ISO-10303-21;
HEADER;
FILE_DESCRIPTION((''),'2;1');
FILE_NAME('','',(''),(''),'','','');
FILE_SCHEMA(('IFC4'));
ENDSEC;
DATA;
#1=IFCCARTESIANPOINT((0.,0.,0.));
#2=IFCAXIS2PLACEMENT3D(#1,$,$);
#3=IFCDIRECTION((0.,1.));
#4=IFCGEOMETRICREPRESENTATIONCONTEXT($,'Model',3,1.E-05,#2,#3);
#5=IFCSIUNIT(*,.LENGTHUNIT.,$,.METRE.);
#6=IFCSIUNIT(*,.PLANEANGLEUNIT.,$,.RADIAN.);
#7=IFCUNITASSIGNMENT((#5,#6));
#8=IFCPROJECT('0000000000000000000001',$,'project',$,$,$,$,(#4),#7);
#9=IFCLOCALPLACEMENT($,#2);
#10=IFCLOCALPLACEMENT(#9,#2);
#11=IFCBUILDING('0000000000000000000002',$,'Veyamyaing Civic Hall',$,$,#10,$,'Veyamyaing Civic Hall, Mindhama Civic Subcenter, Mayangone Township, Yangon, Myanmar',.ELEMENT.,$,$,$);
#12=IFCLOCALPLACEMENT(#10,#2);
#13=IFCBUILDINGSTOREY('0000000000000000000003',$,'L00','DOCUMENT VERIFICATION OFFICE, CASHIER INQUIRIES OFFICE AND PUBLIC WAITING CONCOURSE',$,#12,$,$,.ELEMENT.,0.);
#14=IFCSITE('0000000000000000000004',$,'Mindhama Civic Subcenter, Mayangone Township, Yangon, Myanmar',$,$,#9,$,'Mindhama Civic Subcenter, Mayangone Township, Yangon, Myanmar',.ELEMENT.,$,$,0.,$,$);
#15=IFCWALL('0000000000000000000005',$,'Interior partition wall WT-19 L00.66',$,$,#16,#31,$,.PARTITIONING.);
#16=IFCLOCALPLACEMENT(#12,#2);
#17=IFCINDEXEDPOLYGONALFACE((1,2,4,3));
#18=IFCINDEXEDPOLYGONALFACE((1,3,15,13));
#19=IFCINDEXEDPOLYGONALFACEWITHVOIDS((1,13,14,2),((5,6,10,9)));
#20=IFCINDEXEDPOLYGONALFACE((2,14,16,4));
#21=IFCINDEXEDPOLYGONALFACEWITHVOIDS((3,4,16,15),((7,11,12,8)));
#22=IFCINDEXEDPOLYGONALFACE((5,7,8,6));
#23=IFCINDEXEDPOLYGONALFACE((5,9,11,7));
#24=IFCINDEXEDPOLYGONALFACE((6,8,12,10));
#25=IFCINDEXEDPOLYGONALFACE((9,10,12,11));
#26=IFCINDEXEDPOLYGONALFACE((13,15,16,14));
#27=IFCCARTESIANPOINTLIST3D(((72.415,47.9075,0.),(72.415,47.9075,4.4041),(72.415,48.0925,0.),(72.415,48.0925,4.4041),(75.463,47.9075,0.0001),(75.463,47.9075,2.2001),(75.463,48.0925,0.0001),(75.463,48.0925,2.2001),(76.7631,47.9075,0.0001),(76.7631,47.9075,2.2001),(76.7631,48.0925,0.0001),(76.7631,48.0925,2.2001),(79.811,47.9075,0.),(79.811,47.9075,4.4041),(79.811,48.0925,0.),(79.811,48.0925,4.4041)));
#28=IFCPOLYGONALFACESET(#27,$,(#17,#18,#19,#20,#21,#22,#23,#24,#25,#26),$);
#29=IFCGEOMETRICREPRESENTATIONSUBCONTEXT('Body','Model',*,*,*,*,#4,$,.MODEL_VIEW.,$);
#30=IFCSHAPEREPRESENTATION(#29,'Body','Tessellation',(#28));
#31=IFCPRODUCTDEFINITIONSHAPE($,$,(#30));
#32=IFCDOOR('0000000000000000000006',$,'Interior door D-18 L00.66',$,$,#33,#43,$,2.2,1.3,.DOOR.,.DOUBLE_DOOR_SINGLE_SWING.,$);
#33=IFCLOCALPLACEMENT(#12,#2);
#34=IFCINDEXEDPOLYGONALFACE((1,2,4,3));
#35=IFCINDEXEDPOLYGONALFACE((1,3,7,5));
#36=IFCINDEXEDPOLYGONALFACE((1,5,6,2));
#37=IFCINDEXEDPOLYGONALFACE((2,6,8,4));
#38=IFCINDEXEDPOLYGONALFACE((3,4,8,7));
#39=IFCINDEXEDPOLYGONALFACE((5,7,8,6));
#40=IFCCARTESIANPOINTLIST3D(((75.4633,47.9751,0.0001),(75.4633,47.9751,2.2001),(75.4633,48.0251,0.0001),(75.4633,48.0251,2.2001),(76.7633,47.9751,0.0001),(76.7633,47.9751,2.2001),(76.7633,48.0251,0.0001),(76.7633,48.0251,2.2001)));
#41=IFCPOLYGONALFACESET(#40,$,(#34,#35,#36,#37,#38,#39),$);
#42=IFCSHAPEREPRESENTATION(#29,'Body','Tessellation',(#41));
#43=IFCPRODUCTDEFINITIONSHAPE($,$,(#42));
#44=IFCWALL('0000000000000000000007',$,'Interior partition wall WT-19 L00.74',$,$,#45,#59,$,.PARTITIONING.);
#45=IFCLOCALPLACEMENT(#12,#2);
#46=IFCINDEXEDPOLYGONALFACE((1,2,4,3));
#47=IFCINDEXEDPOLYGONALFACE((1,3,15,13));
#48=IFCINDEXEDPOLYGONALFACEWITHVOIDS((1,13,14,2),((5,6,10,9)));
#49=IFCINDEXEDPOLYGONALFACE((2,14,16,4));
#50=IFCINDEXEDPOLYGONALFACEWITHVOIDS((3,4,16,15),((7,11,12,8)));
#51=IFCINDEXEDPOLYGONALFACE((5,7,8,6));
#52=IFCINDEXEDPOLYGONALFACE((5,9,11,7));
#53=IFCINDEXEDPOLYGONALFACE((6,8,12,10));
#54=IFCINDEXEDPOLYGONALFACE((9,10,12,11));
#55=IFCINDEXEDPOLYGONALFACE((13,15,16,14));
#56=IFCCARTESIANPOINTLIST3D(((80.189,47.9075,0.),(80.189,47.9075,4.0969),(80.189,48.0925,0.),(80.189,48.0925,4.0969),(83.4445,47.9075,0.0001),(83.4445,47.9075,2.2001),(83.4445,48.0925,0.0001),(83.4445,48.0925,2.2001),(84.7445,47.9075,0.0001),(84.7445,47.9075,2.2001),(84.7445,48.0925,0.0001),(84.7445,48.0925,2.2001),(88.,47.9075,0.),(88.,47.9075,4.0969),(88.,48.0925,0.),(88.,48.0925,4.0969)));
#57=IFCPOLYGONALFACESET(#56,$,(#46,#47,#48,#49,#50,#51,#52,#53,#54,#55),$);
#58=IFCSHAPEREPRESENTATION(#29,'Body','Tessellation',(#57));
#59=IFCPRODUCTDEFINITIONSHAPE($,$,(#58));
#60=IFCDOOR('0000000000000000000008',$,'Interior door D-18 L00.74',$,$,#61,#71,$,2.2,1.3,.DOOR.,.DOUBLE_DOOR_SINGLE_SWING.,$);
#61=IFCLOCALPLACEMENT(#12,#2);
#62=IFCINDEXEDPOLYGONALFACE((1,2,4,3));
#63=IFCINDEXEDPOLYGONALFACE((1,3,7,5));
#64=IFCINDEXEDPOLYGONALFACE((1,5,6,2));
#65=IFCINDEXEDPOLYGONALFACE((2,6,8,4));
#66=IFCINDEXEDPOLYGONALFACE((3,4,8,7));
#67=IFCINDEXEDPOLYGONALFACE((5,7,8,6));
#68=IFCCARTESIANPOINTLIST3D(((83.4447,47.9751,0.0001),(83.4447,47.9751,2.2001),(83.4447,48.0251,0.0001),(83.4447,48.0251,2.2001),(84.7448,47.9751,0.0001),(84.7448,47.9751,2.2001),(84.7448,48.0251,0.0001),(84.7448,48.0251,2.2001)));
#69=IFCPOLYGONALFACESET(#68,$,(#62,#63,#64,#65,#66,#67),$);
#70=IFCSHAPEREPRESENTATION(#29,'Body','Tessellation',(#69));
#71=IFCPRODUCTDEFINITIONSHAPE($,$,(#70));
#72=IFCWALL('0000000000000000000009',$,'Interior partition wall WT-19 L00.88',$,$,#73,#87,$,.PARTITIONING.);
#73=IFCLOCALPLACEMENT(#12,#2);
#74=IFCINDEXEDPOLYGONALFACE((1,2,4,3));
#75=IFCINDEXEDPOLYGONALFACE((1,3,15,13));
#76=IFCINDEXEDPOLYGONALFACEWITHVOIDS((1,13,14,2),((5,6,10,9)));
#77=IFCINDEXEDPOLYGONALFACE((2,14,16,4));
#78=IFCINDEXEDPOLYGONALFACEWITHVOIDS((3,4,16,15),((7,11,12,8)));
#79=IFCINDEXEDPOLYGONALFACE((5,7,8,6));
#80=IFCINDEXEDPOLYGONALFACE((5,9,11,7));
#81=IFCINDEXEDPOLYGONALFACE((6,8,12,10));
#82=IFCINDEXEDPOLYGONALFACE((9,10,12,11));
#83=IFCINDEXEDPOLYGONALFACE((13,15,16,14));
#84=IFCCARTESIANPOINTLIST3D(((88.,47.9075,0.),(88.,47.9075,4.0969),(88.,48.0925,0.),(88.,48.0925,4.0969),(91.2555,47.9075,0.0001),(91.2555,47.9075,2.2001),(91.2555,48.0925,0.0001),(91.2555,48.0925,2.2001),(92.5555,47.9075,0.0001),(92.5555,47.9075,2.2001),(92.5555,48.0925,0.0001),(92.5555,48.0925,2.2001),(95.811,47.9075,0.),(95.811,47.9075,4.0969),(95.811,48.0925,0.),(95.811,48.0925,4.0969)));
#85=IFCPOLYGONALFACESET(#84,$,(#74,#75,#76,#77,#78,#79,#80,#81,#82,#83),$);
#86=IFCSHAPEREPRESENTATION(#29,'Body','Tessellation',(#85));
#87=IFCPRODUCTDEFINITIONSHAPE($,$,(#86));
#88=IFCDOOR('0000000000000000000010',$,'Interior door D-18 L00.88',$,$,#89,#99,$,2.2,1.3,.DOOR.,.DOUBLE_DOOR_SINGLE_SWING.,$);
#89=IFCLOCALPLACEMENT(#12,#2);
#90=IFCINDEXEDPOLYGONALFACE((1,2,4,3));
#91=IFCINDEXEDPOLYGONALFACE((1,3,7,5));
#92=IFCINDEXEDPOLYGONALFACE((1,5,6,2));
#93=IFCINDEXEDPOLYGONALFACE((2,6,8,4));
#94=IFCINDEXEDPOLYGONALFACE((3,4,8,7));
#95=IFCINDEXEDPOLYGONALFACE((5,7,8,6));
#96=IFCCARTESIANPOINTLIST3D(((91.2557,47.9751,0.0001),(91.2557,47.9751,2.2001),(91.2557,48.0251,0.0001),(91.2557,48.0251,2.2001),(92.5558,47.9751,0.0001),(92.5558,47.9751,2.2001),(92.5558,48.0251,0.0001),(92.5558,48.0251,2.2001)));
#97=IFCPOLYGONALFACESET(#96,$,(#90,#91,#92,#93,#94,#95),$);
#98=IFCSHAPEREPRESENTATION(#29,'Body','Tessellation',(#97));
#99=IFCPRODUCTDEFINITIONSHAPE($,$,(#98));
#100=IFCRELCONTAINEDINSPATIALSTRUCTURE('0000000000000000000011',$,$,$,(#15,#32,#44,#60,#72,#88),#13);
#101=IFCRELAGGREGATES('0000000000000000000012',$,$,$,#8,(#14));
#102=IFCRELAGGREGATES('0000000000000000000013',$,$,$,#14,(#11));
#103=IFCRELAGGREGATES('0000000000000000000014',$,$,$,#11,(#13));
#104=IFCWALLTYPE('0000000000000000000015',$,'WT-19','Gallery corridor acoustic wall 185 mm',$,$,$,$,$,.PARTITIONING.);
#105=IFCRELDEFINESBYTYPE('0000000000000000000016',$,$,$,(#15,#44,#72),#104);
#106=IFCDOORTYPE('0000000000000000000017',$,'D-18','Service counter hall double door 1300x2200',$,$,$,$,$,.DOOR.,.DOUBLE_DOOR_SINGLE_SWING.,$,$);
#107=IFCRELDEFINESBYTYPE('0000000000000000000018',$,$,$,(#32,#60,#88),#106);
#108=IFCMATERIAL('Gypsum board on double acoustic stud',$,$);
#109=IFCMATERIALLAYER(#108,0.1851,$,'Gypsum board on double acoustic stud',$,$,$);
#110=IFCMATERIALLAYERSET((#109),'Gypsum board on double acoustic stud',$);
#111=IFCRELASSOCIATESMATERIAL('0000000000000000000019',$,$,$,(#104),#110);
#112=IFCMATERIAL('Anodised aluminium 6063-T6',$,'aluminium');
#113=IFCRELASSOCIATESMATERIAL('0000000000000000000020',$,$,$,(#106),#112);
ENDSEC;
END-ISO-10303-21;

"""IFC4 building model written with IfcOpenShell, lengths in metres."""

from ifc_helpers import new_model, si_unit, direction, frame, frame_2d, origin, place, context, subcontext, project, spatial, rectangle, extrude, material, layer, layer_set, type_object, element, fill, save


model = new_model("IFC4")

# Units and contexts
model_context = context("Model", 3, precision=1e-05, world=origin(), true_north=direction((0.0, 1.0)))
body_context = subcontext(model_context, "Body", "Model", "MODEL_VIEW")
ifc_project = project(units=[si_unit("LENGTHUNIT", "METRE"), si_unit("PLANEANGLEUNIT", "RADIAN")], contexts=[model_context])

# Site, building, storey
site_placement = place(None, origin())
site = spatial("IfcSite", under=ifc_project, at=site_placement, Name="Mindhama Civic Subcenter, Mayangone Township, Yangon, Myanmar", LongName="Mindhama Civic Subcenter, Mayangone Township, Yangon, Myanmar", CompositionType="ELEMENT", RefElevation=0.0)
building_placement = place(site_placement, origin())
building = spatial("IfcBuilding", under=site, at=building_placement, Name="Veyamyaing Civic Hall", LongName="Veyamyaing Civic Hall, Mindhama Civic Subcenter, Mayangone Township, Yangon, Myanmar", CompositionType="ELEMENT")
storey_placement = place(building_placement, origin())
storey = spatial("IfcBuildingStorey", under=building, at=storey_placement, Name="L00", Description="DOCUMENT VERIFICATION OFFICE, CASHIER INQUIRIES OFFICE AND PUBLIC WAITING CONCOURSE", CompositionType="ELEMENT", Elevation=0.0)

# Shared definitions
ifc_material_1 = material(Name="Gypsum board on double acoustic stud")
ifc_layer_1 = layer(ifc_material_1, 0.1851, Name="Gypsum board on double acoustic stud")
ifc_layer_set_1 = layer_set([ifc_layer_1], Name="Gypsum board on double acoustic stud")
wall_type_1 = type_object("IfcWallType", Name="WT-19", Description="Gallery corridor acoustic wall 185 mm", PredefinedType="PARTITIONING", material=ifc_layer_set_1)

# Walls, openings, doors
wall_1_placement = place(storey_placement, frame((72.415, 48.0, 0.0), z_axis=(0.0, 0.0, 1.0), x_axis=(1.0, 0.0, 0.0)))
wall_1 = element("IfcWall", 1, at=wall_1_placement, inside=storey, type_object=wall_type_1, Name="Interior partition wall WT-19 L00.66", PredefinedType="PARTITIONING", context=body_context, shape_type="SweptSolid", body=[
    extrude(rectangle(XDim=7.396, YDim=0.1851, at=frame_2d((3.698, 0.0))), origin(), (0.0, 0.0, 1.0), 4.4041),
])
opening_1_placement = place(wall_1_placement, frame((3.0481, 0.0, 0.0)))
opening_1 = element("IfcOpeningElement", 2, at=opening_1_placement, cuts=wall_1, PredefinedType="OPENING", context=body_context, shape_type="SweptSolid", body=[
    extrude(rectangle(XDim=1.3, YDim=2.2, at=frame_2d((0.6499, 1.1001))), frame((0.0, 0.1025, 0.0), z_axis=(0.0, -1.0, 0.0), x_axis=(1.0, 0.0, 0.0)), (0.0, 0.0, 1.0), 0.2051),
])
ifc_material_2 = material(Name="Anodised aluminium 6063-T6", Category="aluminium")
door_type_1 = type_object("IfcDoorType", Name="D-18", Description="Service counter hall double door 1300x2200", OperationType="DOUBLE_DOOR_SINGLE_SWING", PredefinedType="DOOR", material=ifc_material_2)
door_1_placement = place(opening_1_placement, frame((1.3, 0.0, 0.0), z_axis=(0.0, 0.0, 1.0), x_axis=(-1.0, 0.0, 0.0)))
door_1 = element("IfcDoor", 3, at=door_1_placement, inside=storey, type_object=door_type_1, Name="Interior door D-18 L00.66", OperationType="DOUBLE_DOOR_SINGLE_SWING", OverallHeight=2.2, OverallWidth=1.3, PredefinedType="DOOR", context=body_context, shape_type="SweptSolid", body=[
    extrude(rectangle(XDim=1.3, YDim=2.2, at=frame_2d((0.6499, 1.1001))), frame((0.0, 0.0249, 0.0), z_axis=(0.0, -1.0, 0.0), x_axis=(1.0, 0.0, 0.0)), (0.0, 0.0, 1.0), 0.05),
])
fill(opening_1, door_1)
wall_2_placement = place(storey_placement, frame((80.189, 48.0, 0.0), z_axis=(0.0, 0.0, 1.0), x_axis=(1.0, 0.0, 0.0)))
wall_2 = element("IfcWall", 4, at=wall_2_placement, inside=storey, type_object=wall_type_1, Name="Interior partition wall WT-19 L00.74", PredefinedType="PARTITIONING", context=body_context, shape_type="SweptSolid", body=[
    extrude(rectangle(XDim=7.811, YDim=0.1851, at=frame_2d((3.9055, 0.0))), origin(), (0.0, 0.0, 1.0), 4.0969),
])
opening_2_placement = place(wall_2_placement, frame((3.2556, 0.0, 0.0)))
opening_2 = element("IfcOpeningElement", 5, at=opening_2_placement, cuts=wall_2, PredefinedType="OPENING", context=body_context, shape_type="SweptSolid", body=[
    extrude(rectangle(XDim=1.3, YDim=2.2, at=frame_2d((0.6499, 1.1001))), frame((0.0, 0.1025, 0.0), z_axis=(0.0, -1.0, 0.0), x_axis=(1.0, 0.0, 0.0)), (0.0, 0.0, 1.0), 0.2051),
])
door_2_placement = place(opening_2_placement, frame((1.3, 0.0, 0.0), z_axis=(0.0, 0.0, 1.0), x_axis=(-1.0, 0.0, 0.0)))
door_2 = element("IfcDoor", 6, at=door_2_placement, inside=storey, type_object=door_type_1, Name="Interior door D-18 L00.74", OperationType="DOUBLE_DOOR_SINGLE_SWING", OverallHeight=2.2, OverallWidth=1.3, PredefinedType="DOOR", context=body_context, shape_type="SweptSolid", body=[
    extrude(rectangle(XDim=1.3, YDim=2.2, at=frame_2d((0.6499, 1.1001))), frame((0.0, 0.0249, 0.0), z_axis=(0.0, -1.0, 0.0), x_axis=(1.0, 0.0, 0.0)), (0.0, 0.0, 1.0), 0.05),
])
fill(opening_2, door_2)
wall_3_placement = place(storey_placement, frame((88.0, 48.0, 0.0), z_axis=(0.0, 0.0, 1.0), x_axis=(1.0, 0.0, 0.0)))
wall_3 = element("IfcWall", 7, at=wall_3_placement, inside=storey, type_object=wall_type_1, Name="Interior partition wall WT-19 L00.88", PredefinedType="PARTITIONING", context=body_context, shape_type="SweptSolid", body=[
    extrude(rectangle(XDim=7.811, YDim=0.1851, at=frame_2d((3.9055, 0.0))), origin(), (0.0, 0.0, 1.0), 4.0969),
])
opening_3_placement = place(wall_3_placement, frame((3.2556, 0.0, 0.0)))
opening_3 = element("IfcOpeningElement", 8, at=opening_3_placement, cuts=wall_3, PredefinedType="OPENING", context=body_context, shape_type="SweptSolid", body=[
    extrude(rectangle(XDim=1.3, YDim=2.2, at=frame_2d((0.6499, 1.1001))), frame((0.0, 0.1025, 0.0), z_axis=(0.0, -1.0, 0.0), x_axis=(1.0, 0.0, 0.0)), (0.0, 0.0, 1.0), 0.2051),
])
door_3_placement = place(opening_3_placement, frame((1.3, 0.0, 0.0), z_axis=(0.0, 0.0, 1.0), x_axis=(-1.0, 0.0, 0.0)))
door_3 = element("IfcDoor", 9, at=door_3_placement, inside=storey, type_object=door_type_1, Name="Interior door D-18 L00.88", OperationType="DOUBLE_DOOR_SINGLE_SWING", OverallHeight=2.2, OverallWidth=1.3, PredefinedType="DOOR", context=body_context, shape_type="SweptSolid", body=[
    extrude(rectangle(XDim=1.3, YDim=2.2, at=frame_2d((0.6499, 1.1001))), frame((0.0, 0.0249, 0.0), z_axis=(0.0, -1.0, 0.0), x_axis=(1.0, 0.0, 0.0)), (0.0, 0.0, 1.0), 0.05),
])
fill(opening_3, door_3)

save(model, "model.ifc")
